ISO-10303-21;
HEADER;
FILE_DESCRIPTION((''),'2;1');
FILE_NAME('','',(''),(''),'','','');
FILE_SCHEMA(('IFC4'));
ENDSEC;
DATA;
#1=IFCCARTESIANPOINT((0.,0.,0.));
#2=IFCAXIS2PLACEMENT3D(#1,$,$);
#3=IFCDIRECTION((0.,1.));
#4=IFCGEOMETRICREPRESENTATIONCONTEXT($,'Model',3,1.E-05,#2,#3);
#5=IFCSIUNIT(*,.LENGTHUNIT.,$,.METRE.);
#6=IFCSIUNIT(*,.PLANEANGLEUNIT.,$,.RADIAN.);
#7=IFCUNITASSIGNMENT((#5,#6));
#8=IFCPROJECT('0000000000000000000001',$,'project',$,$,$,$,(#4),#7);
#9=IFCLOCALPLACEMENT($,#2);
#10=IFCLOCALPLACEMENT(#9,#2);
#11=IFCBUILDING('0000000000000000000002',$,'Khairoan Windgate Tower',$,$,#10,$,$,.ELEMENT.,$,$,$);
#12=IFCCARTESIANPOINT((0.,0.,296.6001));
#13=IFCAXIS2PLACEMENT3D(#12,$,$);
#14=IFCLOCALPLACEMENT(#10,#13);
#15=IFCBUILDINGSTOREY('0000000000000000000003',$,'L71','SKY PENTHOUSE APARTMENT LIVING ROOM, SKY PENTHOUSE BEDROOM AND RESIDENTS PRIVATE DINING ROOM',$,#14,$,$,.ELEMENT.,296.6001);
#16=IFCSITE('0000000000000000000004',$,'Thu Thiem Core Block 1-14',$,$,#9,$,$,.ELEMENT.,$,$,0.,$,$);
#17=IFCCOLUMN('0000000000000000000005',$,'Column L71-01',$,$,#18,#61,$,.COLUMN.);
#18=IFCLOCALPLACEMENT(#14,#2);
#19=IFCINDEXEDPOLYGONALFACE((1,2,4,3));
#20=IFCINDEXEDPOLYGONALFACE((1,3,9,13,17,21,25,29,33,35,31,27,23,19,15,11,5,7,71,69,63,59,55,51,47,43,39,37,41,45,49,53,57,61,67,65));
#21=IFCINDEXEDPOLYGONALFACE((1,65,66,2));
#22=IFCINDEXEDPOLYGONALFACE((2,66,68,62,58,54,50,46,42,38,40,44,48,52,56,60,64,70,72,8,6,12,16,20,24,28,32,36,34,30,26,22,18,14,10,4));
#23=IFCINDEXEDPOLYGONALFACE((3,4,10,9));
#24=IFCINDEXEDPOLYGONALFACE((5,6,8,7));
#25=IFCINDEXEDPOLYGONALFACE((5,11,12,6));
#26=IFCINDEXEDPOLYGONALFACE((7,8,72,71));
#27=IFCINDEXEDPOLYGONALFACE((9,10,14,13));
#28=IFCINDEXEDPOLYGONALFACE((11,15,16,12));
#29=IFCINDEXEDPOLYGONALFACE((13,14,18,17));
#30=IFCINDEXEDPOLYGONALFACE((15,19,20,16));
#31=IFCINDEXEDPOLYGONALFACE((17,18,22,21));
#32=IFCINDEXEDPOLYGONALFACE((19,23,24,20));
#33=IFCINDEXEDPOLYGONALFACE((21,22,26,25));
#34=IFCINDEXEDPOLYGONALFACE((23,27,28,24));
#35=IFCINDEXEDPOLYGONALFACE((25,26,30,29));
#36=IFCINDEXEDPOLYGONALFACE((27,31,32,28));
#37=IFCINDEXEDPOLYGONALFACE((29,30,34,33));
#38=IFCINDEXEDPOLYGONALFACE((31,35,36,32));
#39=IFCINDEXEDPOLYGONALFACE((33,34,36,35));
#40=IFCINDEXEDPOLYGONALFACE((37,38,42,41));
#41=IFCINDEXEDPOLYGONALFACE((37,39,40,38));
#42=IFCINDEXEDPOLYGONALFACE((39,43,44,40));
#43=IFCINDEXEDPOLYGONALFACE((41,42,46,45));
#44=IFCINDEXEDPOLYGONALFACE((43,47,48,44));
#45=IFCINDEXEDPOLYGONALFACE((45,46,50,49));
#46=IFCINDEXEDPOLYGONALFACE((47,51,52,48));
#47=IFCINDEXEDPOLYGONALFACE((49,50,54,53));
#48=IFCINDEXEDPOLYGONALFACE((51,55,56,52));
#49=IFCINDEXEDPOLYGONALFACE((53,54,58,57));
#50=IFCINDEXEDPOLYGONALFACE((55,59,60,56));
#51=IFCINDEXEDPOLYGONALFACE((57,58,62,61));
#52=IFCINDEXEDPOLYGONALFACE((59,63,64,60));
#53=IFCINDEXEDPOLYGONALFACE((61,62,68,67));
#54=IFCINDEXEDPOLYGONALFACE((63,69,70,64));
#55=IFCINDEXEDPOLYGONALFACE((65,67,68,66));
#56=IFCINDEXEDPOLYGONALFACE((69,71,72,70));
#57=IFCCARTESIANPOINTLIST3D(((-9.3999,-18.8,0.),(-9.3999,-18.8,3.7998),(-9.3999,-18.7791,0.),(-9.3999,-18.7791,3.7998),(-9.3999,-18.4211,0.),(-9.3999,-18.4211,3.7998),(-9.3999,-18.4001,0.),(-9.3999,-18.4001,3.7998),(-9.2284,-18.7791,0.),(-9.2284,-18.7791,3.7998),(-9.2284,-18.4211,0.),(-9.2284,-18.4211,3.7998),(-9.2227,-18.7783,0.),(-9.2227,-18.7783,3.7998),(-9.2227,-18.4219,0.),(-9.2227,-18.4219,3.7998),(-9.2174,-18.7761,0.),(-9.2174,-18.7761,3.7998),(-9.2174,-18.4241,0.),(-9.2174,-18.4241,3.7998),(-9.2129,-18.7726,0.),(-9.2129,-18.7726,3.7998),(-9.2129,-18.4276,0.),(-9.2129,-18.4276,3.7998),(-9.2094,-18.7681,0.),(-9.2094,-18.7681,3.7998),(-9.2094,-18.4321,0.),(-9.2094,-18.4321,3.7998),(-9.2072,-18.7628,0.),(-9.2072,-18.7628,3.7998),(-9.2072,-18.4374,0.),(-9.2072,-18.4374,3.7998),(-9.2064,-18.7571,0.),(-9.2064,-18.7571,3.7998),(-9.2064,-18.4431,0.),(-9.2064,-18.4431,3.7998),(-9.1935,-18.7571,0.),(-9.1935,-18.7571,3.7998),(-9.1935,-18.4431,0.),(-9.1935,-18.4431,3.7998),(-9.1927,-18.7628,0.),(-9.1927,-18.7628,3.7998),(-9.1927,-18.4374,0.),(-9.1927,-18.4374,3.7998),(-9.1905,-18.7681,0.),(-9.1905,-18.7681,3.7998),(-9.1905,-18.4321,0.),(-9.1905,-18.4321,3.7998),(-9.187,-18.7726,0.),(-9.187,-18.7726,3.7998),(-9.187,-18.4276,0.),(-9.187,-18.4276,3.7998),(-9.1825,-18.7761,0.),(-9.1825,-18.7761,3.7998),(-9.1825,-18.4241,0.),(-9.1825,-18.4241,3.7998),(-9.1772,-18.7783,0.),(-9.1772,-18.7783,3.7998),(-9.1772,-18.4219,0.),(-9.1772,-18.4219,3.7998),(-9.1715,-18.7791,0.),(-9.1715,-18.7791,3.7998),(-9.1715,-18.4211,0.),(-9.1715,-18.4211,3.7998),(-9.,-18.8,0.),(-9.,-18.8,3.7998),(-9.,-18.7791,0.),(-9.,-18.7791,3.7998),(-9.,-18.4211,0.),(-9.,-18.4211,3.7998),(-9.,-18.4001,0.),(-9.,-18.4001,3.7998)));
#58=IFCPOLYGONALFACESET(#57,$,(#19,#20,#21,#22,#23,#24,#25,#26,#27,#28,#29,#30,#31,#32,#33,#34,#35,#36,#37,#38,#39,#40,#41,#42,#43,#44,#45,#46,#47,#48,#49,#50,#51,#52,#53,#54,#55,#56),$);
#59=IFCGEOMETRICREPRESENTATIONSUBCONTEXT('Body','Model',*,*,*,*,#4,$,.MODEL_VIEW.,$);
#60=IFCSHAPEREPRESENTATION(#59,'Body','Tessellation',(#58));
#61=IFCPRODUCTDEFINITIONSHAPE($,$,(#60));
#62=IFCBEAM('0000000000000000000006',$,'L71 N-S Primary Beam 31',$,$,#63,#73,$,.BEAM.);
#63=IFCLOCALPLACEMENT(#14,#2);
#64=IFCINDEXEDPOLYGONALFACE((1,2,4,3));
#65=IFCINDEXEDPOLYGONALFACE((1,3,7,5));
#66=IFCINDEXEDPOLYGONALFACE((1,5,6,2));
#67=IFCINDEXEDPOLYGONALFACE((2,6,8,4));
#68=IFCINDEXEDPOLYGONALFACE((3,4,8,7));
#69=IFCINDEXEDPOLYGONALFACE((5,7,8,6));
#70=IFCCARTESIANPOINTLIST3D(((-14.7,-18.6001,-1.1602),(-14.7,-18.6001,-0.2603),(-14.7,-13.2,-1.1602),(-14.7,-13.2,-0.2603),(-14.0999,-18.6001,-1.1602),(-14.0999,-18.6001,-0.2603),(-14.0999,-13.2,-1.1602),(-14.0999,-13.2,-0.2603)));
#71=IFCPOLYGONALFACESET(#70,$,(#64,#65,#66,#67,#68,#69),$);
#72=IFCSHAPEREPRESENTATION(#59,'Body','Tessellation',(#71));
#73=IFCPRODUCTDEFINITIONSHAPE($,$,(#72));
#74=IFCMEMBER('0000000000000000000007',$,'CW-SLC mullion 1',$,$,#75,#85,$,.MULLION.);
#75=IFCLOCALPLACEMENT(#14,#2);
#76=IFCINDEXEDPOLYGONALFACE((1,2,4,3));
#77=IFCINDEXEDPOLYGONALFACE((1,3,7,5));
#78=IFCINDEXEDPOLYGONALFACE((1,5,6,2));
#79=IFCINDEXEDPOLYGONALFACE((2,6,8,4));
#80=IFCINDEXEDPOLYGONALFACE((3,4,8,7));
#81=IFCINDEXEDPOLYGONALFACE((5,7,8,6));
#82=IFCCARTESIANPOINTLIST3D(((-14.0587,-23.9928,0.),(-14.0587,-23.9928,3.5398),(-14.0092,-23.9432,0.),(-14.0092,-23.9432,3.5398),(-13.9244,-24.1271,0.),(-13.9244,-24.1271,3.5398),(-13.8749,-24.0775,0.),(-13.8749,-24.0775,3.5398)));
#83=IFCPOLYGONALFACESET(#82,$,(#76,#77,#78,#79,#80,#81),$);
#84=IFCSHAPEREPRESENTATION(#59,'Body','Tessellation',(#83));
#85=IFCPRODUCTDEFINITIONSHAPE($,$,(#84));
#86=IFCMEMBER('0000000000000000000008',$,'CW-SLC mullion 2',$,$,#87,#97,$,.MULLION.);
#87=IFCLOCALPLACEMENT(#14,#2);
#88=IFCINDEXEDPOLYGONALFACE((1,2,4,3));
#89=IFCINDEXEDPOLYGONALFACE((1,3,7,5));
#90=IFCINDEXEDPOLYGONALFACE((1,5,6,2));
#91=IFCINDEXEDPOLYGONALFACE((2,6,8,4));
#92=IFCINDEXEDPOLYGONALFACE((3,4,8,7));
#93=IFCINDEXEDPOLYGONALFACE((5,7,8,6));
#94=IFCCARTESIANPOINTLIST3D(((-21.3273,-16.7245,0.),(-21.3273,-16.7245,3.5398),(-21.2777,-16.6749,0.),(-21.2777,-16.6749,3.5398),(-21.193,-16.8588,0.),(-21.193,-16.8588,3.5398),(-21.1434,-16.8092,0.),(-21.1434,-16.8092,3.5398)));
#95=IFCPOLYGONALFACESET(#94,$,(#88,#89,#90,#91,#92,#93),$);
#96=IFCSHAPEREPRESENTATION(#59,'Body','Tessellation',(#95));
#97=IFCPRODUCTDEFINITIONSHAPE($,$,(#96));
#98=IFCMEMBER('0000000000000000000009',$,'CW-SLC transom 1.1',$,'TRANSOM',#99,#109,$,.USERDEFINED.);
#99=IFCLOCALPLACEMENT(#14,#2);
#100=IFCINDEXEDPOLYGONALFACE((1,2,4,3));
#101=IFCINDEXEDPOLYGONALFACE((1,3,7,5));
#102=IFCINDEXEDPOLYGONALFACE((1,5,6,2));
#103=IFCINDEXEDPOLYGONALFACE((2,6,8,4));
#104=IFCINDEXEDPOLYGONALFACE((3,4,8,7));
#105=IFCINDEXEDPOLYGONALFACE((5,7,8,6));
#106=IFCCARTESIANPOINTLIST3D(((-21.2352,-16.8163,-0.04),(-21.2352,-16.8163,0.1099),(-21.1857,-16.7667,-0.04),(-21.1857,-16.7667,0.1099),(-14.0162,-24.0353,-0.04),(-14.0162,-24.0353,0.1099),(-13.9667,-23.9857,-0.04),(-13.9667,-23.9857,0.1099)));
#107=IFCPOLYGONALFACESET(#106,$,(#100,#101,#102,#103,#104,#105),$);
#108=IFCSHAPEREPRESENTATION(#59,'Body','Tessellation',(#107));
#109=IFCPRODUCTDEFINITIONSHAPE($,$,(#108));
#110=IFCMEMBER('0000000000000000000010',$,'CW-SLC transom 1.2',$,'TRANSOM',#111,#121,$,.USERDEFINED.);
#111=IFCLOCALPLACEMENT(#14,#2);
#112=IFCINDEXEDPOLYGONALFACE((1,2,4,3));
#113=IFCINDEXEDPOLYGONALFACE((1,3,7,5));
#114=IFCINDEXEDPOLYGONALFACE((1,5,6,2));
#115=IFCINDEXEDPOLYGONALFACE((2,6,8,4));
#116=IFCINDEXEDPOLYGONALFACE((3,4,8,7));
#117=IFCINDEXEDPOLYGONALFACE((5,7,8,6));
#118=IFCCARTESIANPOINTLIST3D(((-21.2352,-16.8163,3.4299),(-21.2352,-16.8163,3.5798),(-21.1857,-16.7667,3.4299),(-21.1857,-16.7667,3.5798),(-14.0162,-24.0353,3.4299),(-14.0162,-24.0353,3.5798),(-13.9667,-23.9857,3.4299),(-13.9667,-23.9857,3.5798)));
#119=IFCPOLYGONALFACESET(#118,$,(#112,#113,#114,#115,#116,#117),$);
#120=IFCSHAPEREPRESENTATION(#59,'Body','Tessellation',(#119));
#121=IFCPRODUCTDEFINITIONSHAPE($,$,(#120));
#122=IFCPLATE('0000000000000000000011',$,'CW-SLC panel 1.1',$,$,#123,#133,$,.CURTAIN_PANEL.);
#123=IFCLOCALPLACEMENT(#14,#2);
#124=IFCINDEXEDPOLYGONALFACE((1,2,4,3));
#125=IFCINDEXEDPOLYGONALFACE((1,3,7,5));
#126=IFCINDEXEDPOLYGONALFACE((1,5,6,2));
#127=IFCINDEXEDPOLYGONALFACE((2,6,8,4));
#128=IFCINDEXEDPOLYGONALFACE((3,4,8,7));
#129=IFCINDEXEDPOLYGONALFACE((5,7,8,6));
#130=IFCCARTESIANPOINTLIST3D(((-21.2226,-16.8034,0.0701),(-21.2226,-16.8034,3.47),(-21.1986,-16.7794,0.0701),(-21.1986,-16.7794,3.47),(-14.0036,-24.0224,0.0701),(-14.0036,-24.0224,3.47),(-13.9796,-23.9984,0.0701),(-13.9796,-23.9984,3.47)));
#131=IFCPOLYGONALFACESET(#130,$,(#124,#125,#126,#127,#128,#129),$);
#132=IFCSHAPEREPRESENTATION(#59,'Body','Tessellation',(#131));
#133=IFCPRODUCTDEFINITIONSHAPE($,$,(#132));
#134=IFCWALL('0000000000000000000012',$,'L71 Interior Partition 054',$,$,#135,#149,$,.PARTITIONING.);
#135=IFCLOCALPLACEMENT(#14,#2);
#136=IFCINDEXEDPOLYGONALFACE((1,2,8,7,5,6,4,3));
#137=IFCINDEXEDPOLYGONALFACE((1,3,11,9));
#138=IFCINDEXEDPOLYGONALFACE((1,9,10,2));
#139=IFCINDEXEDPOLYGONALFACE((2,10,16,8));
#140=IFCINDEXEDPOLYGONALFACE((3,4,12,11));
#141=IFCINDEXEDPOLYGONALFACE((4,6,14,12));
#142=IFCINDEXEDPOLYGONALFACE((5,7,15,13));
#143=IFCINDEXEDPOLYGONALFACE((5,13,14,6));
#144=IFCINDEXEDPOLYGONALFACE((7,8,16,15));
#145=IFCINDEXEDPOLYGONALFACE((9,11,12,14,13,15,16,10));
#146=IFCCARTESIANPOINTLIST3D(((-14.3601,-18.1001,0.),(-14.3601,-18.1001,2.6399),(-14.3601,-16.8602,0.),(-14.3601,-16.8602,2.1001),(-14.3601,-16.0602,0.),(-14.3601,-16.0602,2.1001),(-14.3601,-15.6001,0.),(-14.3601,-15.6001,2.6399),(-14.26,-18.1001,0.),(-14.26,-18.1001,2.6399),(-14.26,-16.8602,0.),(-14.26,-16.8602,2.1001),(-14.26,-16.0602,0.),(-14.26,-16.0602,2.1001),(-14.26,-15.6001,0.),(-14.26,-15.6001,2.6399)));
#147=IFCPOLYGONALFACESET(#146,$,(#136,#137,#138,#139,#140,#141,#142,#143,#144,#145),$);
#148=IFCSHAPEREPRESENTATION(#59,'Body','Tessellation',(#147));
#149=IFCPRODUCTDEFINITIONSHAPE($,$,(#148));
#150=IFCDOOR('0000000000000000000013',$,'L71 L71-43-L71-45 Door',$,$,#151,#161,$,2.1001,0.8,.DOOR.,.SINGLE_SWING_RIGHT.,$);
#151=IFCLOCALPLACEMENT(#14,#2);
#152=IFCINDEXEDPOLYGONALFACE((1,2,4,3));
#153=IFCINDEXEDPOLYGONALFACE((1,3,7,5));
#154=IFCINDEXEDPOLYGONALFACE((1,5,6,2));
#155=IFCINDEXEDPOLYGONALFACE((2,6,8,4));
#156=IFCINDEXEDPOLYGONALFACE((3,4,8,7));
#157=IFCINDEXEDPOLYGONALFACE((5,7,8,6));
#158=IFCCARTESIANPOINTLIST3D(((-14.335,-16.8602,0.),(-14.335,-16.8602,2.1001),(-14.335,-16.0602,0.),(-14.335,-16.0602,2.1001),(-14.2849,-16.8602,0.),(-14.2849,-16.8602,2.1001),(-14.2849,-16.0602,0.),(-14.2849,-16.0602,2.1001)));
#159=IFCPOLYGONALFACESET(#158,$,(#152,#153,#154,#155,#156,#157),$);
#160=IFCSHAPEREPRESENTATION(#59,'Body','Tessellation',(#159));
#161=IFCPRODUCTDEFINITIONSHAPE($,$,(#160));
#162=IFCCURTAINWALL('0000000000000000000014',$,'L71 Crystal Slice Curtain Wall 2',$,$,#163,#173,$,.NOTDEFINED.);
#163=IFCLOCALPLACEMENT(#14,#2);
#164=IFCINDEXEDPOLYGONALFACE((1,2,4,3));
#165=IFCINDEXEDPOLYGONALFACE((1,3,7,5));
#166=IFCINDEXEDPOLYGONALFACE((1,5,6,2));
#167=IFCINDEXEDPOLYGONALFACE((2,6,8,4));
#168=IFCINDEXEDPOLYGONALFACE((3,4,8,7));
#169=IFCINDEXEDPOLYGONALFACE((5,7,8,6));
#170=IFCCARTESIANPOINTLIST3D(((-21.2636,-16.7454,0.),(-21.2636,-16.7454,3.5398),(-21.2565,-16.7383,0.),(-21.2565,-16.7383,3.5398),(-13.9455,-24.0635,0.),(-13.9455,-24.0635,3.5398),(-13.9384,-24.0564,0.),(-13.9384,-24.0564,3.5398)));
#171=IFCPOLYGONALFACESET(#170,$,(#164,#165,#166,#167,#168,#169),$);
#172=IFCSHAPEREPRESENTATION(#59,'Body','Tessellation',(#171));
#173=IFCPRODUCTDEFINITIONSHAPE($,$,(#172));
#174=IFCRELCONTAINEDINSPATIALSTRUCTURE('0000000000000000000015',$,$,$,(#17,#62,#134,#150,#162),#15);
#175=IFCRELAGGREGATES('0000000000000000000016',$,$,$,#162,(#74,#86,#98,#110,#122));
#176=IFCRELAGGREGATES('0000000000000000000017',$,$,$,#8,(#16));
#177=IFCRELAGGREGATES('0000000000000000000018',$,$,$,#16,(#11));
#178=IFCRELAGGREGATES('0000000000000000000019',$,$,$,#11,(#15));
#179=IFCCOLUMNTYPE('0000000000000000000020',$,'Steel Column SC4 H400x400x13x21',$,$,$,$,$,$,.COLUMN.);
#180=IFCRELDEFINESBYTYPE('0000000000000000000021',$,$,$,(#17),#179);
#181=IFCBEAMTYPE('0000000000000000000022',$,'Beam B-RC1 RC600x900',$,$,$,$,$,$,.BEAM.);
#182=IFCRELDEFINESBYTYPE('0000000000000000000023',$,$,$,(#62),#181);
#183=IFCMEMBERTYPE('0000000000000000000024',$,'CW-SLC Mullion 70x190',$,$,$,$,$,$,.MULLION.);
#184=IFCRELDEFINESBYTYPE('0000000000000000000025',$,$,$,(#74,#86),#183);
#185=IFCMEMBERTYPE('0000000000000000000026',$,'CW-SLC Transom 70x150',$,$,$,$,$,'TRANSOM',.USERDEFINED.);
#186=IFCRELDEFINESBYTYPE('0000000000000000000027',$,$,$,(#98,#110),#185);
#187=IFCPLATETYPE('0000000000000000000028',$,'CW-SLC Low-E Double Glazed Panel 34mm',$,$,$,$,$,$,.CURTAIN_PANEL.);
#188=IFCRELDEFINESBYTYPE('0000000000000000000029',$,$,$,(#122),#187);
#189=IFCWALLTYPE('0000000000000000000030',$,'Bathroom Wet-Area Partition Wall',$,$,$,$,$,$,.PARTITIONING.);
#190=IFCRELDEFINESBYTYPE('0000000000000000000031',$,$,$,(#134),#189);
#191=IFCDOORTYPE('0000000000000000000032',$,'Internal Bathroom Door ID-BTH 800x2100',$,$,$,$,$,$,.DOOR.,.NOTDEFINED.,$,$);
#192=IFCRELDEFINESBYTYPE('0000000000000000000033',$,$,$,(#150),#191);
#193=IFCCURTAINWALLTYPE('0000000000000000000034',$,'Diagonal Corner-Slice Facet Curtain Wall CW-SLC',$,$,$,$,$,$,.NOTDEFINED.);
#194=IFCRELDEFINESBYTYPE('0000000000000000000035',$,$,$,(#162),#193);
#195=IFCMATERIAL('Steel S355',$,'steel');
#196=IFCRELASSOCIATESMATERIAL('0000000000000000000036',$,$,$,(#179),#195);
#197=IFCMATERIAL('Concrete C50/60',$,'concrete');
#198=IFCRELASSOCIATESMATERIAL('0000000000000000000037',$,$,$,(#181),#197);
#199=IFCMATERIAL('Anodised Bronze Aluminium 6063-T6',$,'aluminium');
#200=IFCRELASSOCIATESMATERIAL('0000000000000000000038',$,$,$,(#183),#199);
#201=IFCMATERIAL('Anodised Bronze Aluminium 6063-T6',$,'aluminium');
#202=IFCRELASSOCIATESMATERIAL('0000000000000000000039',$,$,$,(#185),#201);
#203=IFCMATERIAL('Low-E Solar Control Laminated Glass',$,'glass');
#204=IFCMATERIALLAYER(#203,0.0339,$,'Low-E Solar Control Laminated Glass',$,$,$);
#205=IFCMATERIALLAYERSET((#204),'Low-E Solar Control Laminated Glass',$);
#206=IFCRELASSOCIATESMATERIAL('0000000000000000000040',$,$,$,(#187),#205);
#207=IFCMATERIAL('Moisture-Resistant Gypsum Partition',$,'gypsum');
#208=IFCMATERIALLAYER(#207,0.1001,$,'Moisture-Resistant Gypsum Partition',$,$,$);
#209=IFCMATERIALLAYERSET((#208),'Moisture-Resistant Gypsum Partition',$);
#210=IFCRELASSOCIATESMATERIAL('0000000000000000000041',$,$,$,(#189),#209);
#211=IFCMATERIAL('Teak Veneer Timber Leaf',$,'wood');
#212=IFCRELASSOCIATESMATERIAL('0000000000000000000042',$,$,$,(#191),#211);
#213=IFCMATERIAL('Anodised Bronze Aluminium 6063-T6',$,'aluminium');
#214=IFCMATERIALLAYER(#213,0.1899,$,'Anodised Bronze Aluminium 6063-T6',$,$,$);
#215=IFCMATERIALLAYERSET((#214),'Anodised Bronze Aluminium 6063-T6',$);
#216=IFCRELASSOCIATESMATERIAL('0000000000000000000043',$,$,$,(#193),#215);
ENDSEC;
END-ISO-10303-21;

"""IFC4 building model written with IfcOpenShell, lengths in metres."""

from ifc_helpers import new_model, si_unit, direction, frame, frame_2d, origin, origin_2d, place, context, subcontext, project, spatial, rectangle, i_section, extrude, material, layer, layer_set, material_profile, profile_set, type_object, element, fill, aggregate, save


model = new_model("IFC4")

# Units and contexts
model_context = context("Model", 3, precision=1e-05, world=origin(), true_north=direction((0.0, 1.0)))
body_context = subcontext(model_context, "Body", "Model", "MODEL_VIEW")
ifc_project = project(units=[si_unit("LENGTHUNIT", "METRE"), si_unit("PLANEANGLEUNIT", "RADIAN")], contexts=[model_context])

# Site, building, storey
site_placement = place(None, origin())
site = spatial("IfcSite", under=ifc_project, at=site_placement, Name="Thu Thiem Core Block 1-14", CompositionType="ELEMENT", RefElevation=0.0)
building_placement = place(site_placement, origin())
building = spatial("IfcBuilding", under=site, at=building_placement, Name="Khairoan Windgate Tower", CompositionType="ELEMENT")
storey_placement = place(building_placement, frame((0.0, 0.0, 296.6001)))
storey = spatial("IfcBuildingStorey", under=building, at=storey_placement, Name="L71", Description="SKY PENTHOUSE APARTMENT LIVING ROOM, SKY PENTHOUSE BEDROOM AND RESIDENTS PRIVATE DINING ROOM", CompositionType="ELEMENT", Elevation=296.6001)

# Column
ifc_material_1 = material(Name="Steel S355", Category="steel")
ifc_material_profile_1 = material_profile(ifc_material_1, i_section(OverallWidth=0.3999, OverallDepth=0.3999, WebThickness=0.0129, FlangeThickness=0.021, FilletRadius=0.022, at=origin_2d()))
ifc_profile_set_1 = profile_set([ifc_material_profile_1], Name="Steel S355")
column_type = type_object("IfcColumnType", Name="Steel Column SC4 H400x400x13x21", PredefinedType="COLUMN", material=ifc_profile_set_1)
column_placement = place(storey_placement, frame((-9.2, -18.6001, 0.0), z_axis=(0.0, 0.0, 1.0), x_axis=(1.0, 0.0, 0.0)))
element("IfcColumn", 1, at=column_placement, inside=storey, type_object=column_type, Name="Column L71-01", PredefinedType="COLUMN", context=body_context, shape_type="SweptSolid", body=[
    extrude(i_section(OverallWidth=0.3999, OverallDepth=0.3999, WebThickness=0.0129, FlangeThickness=0.021, FilletRadius=0.022, at=origin_2d()), origin(), (0.0, 0.0, 1.0), 3.7998),
])

# Beam
ifc_material_2 = material(Name="Concrete C50/60", Category="concrete")
ifc_material_profile_2 = material_profile(ifc_material_2, rectangle(XDim=0.6001, YDim=0.8999, at=origin_2d()))
ifc_profile_set_2 = profile_set([ifc_material_profile_2], Name="Concrete C50/60")
beam_type = type_object("IfcBeamType", Name="Beam B-RC1 RC600x900", PredefinedType="BEAM", material=ifc_profile_set_2)
beam_placement = place(storey_placement, frame((-14.3999, -18.6001, -0.7102), z_axis=(0.0, 1.0, 0.0), x_axis=(-1.0, 0.0, 0.0)))
element("IfcBeam", 2, at=beam_placement, inside=storey, type_object=beam_type, Name="L71 N-S Primary Beam 31", PredefinedType="BEAM", context=body_context, shape_type="SweptSolid", body=[
    extrude(rectangle(XDim=0.6001, YDim=0.8999, at=origin_2d()), origin(), (0.0, 0.0, 1.0), 5.4001),
])

# Members
ifc_material_3 = material(Name="Anodised Bronze Aluminium 6063-T6", Category="aluminium")
ifc_material_profile_3 = material_profile(ifc_material_3, rectangle(XDim=0.0701, YDim=0.1899, at=origin_2d()))
ifc_profile_set_3 = profile_set([ifc_material_profile_3], Name="Anodised Bronze Aluminium 6063-T6")
member_type_1 = type_object("IfcMemberType", Name="CW-SLC Mullion 70x190", PredefinedType="MULLION", material=ifc_profile_set_3)
member_1_placement = place(storey_placement, frame((-13.9668, -24.0352, 0.0), z_axis=(0.0, 0.0, 1.0), x_axis=(-0.707107, -0.707107, 0.0)))
member_1 = element("IfcMember", 3, at=member_1_placement, type_object=member_type_1, Name="CW-SLC mullion 1", PredefinedType="MULLION", context=body_context, shape_type="SweptSolid", body=[
    extrude(rectangle(XDim=0.0701, YDim=0.1899, at=origin_2d()), origin(), (0.0, 0.0, 1.0), 3.5398),
])
member_2_placement = place(storey_placement, frame((-21.2354, -16.7668, 0.0), z_axis=(0.0, 0.0, 1.0), x_axis=(-0.707107, -0.707107, 0.0)))
member_2 = element("IfcMember", 4, at=member_2_placement, type_object=member_type_1, Name="CW-SLC mullion 2", PredefinedType="MULLION", context=body_context, shape_type="SweptSolid", body=[
    extrude(rectangle(XDim=0.0701, YDim=0.1899, at=origin_2d()), origin(), (0.0, 0.0, 1.0), 3.5398),
])
ifc_material_4 = material(Name="Anodised Bronze Aluminium 6063-T6", Category="aluminium")
ifc_material_profile_4 = material_profile(ifc_material_4, rectangle(XDim=0.0701, YDim=0.1499, at=origin_2d()))
ifc_profile_set_4 = profile_set([ifc_material_profile_4], Name="Anodised Bronze Aluminium 6063-T6")
member_type_2 = type_object("IfcMemberType", Name="CW-SLC Transom 70x150", ElementType="TRANSOM", PredefinedType="USERDEFINED", material=ifc_profile_set_4)
member_3_placement = place(storey_placement, frame((-13.9915, -24.0105, 0.0349), z_axis=(-0.707107, 0.707107, 0.0), x_axis=(-0.707107, -0.707107, 0.0)))
member_3 = element("IfcMember", 5, at=member_3_placement, type_object=member_type_2, Name="CW-SLC transom 1.1", ObjectType="TRANSOM", PredefinedType="USERDEFINED", context=body_context, shape_type="SweptSolid", body=[
    extrude(rectangle(XDim=0.0701, YDim=0.1499, at=origin_2d()), origin(), (0.0, 0.0, 1.0), 10.2092),
])
member_4_placement = place(storey_placement, frame((-13.9915, -24.0105, 3.5049), z_axis=(-0.707107, 0.707107, 0.0), x_axis=(-0.707107, -0.707107, 0.0)))
member_4 = element("IfcMember", 6, at=member_4_placement, type_object=member_type_2, Name="CW-SLC transom 1.2", ObjectType="TRANSOM", PredefinedType="USERDEFINED", context=body_context, shape_type="SweptSolid", body=[
    extrude(rectangle(XDim=0.0701, YDim=0.1499, at=origin_2d()), origin(), (0.0, 0.0, 1.0), 10.2092),
])

# Plate
ifc_material_5 = material(Name="Low-E Solar Control Laminated Glass", Category="glass")
ifc_layer_1 = layer(ifc_material_5, 0.0339, Name="Low-E Solar Control Laminated Glass")
ifc_layer_set_1 = layer_set([ifc_layer_1], Name="Low-E Solar Control Laminated Glass")
plate_type = type_object("IfcPlateType", Name="CW-SLC Low-E Double Glazed Panel 34mm", PredefinedType="CURTAIN_PANEL", material=ifc_layer_set_1)
plate_placement = place(storey_placement, frame((-17.6011, -20.4009, 0.0701), z_axis=(0.0, 0.0, 1.0), x_axis=(-0.707107, 0.707107, 0.0)))
plate = element("IfcPlate", 7, at=plate_placement, type_object=plate_type, Name="CW-SLC panel 1.1", PredefinedType="CURTAIN_PANEL", context=body_context, shape_type="SweptSolid", body=[
    extrude(rectangle(XDim=10.2092, YDim=0.0339, at=origin_2d()), origin(), (0.0, 0.0, 1.0), 3.3999),
])

# Wall, opening, door
ifc_material_6 = material(Name="Moisture-Resistant Gypsum Partition", Category="gypsum")
ifc_layer_2 = layer(ifc_material_6, 0.1001, Name="Moisture-Resistant Gypsum Partition")
ifc_layer_set_2 = layer_set([ifc_layer_2], Name="Moisture-Resistant Gypsum Partition")
wall_type_1 = type_object("IfcWallType", Name="Bathroom Wet-Area Partition Wall", PredefinedType="PARTITIONING", material=ifc_layer_set_2)
wall_1_placement = place(storey_placement, frame((-14.3101, -18.1001, 0.0), z_axis=(0.0, 0.0, 1.0), x_axis=(0.0, 1.0, 0.0)))
wall_1 = element("IfcWall", 8, at=wall_1_placement, inside=storey, type_object=wall_type_1, Name="L71 Interior Partition 054", PredefinedType="PARTITIONING", context=body_context, shape_type="SweptSolid", body=[
    extrude(rectangle(XDim=2.5, YDim=0.1001, at=frame_2d((1.25, 0.0))), origin(), (0.0, 0.0, 1.0), 2.6399),
])
opening_1_placement = place(wall_1_placement, frame((1.24, 0.0, 0.0)))
opening_1 = element("IfcOpeningElement", 9, at=opening_1_placement, cuts=wall_1, PredefinedType="OPENING", context=body_context, shape_type="SweptSolid", body=[
    extrude(rectangle(XDim=0.8, YDim=2.1001, at=frame_2d((0.3999, 1.05))), frame((0.0, 0.0601, 0.0), z_axis=(0.0, -1.0, 0.0), x_axis=(1.0, 0.0, 0.0)), (0.0, 0.0, 1.0), 0.1201),
])
ifc_material_7 = material(Name="Teak Veneer Timber Leaf", Category="wood")
door_type_1 = type_object("IfcDoorType", Name="Internal Bathroom Door ID-BTH 800x2100", OperationType="NOTDEFINED", PredefinedType="DOOR", material=ifc_material_7)
door_1_placement = place(opening_1_placement, origin())
door_1 = element("IfcDoor", 10, at=door_1_placement, inside=storey, type_object=door_type_1, Name="L71 L71-43-L71-45 Door", OperationType="SINGLE_SWING_RIGHT", OverallHeight=2.1001, OverallWidth=0.8, PredefinedType="DOOR", context=body_context, shape_type="SweptSolid", body=[
    extrude(rectangle(XDim=0.8, YDim=2.1001, at=frame_2d((0.3999, 1.05))), frame((0.0, 0.0249, 0.0), z_axis=(0.0, -1.0, 0.0), x_axis=(1.0, 0.0, 0.0)), (0.0, 0.0, 1.0), 0.05),
])
fill(opening_1, door_1)

# Curtain wall
ifc_material_8 = material(Name="Anodised Bronze Aluminium 6063-T6", Category="aluminium")
ifc_layer_3 = layer(ifc_material_8, 0.1899, Name="Anodised Bronze Aluminium 6063-T6")
ifc_layer_set_3 = layer_set([ifc_layer_3], Name="Anodised Bronze Aluminium 6063-T6")
curtain_wall_type = type_object("IfcCurtainWallType", Name="Diagonal Corner-Slice Facet Curtain Wall CW-SLC", PredefinedType="NOTDEFINED", material=ifc_layer_set_3)
curtain_wall_placement = place(storey_placement, frame((-13.9419, -24.0601, 0.0), z_axis=(0.0, 0.0, 1.0), x_axis=(-0.707107, 0.707107, 0.0)))
curtain_wall = element("IfcCurtainWall", 11, at=curtain_wall_placement, inside=storey, type_object=curtain_wall_type, Name="L71 Crystal Slice Curtain Wall 2", PredefinedType="NOTDEFINED", context=body_context, shape_type="SweptSolid", body=[
    extrude(rectangle(XDim=10.3494, YDim=0.01, at=frame_2d((5.1748, 0.0))), origin(), (0.0, 0.0, 1.0), 3.5398),
])
aggregate(curtain_wall, [member_1, member_2, member_3, member_4, plate])

save(model, "model.ifc")
